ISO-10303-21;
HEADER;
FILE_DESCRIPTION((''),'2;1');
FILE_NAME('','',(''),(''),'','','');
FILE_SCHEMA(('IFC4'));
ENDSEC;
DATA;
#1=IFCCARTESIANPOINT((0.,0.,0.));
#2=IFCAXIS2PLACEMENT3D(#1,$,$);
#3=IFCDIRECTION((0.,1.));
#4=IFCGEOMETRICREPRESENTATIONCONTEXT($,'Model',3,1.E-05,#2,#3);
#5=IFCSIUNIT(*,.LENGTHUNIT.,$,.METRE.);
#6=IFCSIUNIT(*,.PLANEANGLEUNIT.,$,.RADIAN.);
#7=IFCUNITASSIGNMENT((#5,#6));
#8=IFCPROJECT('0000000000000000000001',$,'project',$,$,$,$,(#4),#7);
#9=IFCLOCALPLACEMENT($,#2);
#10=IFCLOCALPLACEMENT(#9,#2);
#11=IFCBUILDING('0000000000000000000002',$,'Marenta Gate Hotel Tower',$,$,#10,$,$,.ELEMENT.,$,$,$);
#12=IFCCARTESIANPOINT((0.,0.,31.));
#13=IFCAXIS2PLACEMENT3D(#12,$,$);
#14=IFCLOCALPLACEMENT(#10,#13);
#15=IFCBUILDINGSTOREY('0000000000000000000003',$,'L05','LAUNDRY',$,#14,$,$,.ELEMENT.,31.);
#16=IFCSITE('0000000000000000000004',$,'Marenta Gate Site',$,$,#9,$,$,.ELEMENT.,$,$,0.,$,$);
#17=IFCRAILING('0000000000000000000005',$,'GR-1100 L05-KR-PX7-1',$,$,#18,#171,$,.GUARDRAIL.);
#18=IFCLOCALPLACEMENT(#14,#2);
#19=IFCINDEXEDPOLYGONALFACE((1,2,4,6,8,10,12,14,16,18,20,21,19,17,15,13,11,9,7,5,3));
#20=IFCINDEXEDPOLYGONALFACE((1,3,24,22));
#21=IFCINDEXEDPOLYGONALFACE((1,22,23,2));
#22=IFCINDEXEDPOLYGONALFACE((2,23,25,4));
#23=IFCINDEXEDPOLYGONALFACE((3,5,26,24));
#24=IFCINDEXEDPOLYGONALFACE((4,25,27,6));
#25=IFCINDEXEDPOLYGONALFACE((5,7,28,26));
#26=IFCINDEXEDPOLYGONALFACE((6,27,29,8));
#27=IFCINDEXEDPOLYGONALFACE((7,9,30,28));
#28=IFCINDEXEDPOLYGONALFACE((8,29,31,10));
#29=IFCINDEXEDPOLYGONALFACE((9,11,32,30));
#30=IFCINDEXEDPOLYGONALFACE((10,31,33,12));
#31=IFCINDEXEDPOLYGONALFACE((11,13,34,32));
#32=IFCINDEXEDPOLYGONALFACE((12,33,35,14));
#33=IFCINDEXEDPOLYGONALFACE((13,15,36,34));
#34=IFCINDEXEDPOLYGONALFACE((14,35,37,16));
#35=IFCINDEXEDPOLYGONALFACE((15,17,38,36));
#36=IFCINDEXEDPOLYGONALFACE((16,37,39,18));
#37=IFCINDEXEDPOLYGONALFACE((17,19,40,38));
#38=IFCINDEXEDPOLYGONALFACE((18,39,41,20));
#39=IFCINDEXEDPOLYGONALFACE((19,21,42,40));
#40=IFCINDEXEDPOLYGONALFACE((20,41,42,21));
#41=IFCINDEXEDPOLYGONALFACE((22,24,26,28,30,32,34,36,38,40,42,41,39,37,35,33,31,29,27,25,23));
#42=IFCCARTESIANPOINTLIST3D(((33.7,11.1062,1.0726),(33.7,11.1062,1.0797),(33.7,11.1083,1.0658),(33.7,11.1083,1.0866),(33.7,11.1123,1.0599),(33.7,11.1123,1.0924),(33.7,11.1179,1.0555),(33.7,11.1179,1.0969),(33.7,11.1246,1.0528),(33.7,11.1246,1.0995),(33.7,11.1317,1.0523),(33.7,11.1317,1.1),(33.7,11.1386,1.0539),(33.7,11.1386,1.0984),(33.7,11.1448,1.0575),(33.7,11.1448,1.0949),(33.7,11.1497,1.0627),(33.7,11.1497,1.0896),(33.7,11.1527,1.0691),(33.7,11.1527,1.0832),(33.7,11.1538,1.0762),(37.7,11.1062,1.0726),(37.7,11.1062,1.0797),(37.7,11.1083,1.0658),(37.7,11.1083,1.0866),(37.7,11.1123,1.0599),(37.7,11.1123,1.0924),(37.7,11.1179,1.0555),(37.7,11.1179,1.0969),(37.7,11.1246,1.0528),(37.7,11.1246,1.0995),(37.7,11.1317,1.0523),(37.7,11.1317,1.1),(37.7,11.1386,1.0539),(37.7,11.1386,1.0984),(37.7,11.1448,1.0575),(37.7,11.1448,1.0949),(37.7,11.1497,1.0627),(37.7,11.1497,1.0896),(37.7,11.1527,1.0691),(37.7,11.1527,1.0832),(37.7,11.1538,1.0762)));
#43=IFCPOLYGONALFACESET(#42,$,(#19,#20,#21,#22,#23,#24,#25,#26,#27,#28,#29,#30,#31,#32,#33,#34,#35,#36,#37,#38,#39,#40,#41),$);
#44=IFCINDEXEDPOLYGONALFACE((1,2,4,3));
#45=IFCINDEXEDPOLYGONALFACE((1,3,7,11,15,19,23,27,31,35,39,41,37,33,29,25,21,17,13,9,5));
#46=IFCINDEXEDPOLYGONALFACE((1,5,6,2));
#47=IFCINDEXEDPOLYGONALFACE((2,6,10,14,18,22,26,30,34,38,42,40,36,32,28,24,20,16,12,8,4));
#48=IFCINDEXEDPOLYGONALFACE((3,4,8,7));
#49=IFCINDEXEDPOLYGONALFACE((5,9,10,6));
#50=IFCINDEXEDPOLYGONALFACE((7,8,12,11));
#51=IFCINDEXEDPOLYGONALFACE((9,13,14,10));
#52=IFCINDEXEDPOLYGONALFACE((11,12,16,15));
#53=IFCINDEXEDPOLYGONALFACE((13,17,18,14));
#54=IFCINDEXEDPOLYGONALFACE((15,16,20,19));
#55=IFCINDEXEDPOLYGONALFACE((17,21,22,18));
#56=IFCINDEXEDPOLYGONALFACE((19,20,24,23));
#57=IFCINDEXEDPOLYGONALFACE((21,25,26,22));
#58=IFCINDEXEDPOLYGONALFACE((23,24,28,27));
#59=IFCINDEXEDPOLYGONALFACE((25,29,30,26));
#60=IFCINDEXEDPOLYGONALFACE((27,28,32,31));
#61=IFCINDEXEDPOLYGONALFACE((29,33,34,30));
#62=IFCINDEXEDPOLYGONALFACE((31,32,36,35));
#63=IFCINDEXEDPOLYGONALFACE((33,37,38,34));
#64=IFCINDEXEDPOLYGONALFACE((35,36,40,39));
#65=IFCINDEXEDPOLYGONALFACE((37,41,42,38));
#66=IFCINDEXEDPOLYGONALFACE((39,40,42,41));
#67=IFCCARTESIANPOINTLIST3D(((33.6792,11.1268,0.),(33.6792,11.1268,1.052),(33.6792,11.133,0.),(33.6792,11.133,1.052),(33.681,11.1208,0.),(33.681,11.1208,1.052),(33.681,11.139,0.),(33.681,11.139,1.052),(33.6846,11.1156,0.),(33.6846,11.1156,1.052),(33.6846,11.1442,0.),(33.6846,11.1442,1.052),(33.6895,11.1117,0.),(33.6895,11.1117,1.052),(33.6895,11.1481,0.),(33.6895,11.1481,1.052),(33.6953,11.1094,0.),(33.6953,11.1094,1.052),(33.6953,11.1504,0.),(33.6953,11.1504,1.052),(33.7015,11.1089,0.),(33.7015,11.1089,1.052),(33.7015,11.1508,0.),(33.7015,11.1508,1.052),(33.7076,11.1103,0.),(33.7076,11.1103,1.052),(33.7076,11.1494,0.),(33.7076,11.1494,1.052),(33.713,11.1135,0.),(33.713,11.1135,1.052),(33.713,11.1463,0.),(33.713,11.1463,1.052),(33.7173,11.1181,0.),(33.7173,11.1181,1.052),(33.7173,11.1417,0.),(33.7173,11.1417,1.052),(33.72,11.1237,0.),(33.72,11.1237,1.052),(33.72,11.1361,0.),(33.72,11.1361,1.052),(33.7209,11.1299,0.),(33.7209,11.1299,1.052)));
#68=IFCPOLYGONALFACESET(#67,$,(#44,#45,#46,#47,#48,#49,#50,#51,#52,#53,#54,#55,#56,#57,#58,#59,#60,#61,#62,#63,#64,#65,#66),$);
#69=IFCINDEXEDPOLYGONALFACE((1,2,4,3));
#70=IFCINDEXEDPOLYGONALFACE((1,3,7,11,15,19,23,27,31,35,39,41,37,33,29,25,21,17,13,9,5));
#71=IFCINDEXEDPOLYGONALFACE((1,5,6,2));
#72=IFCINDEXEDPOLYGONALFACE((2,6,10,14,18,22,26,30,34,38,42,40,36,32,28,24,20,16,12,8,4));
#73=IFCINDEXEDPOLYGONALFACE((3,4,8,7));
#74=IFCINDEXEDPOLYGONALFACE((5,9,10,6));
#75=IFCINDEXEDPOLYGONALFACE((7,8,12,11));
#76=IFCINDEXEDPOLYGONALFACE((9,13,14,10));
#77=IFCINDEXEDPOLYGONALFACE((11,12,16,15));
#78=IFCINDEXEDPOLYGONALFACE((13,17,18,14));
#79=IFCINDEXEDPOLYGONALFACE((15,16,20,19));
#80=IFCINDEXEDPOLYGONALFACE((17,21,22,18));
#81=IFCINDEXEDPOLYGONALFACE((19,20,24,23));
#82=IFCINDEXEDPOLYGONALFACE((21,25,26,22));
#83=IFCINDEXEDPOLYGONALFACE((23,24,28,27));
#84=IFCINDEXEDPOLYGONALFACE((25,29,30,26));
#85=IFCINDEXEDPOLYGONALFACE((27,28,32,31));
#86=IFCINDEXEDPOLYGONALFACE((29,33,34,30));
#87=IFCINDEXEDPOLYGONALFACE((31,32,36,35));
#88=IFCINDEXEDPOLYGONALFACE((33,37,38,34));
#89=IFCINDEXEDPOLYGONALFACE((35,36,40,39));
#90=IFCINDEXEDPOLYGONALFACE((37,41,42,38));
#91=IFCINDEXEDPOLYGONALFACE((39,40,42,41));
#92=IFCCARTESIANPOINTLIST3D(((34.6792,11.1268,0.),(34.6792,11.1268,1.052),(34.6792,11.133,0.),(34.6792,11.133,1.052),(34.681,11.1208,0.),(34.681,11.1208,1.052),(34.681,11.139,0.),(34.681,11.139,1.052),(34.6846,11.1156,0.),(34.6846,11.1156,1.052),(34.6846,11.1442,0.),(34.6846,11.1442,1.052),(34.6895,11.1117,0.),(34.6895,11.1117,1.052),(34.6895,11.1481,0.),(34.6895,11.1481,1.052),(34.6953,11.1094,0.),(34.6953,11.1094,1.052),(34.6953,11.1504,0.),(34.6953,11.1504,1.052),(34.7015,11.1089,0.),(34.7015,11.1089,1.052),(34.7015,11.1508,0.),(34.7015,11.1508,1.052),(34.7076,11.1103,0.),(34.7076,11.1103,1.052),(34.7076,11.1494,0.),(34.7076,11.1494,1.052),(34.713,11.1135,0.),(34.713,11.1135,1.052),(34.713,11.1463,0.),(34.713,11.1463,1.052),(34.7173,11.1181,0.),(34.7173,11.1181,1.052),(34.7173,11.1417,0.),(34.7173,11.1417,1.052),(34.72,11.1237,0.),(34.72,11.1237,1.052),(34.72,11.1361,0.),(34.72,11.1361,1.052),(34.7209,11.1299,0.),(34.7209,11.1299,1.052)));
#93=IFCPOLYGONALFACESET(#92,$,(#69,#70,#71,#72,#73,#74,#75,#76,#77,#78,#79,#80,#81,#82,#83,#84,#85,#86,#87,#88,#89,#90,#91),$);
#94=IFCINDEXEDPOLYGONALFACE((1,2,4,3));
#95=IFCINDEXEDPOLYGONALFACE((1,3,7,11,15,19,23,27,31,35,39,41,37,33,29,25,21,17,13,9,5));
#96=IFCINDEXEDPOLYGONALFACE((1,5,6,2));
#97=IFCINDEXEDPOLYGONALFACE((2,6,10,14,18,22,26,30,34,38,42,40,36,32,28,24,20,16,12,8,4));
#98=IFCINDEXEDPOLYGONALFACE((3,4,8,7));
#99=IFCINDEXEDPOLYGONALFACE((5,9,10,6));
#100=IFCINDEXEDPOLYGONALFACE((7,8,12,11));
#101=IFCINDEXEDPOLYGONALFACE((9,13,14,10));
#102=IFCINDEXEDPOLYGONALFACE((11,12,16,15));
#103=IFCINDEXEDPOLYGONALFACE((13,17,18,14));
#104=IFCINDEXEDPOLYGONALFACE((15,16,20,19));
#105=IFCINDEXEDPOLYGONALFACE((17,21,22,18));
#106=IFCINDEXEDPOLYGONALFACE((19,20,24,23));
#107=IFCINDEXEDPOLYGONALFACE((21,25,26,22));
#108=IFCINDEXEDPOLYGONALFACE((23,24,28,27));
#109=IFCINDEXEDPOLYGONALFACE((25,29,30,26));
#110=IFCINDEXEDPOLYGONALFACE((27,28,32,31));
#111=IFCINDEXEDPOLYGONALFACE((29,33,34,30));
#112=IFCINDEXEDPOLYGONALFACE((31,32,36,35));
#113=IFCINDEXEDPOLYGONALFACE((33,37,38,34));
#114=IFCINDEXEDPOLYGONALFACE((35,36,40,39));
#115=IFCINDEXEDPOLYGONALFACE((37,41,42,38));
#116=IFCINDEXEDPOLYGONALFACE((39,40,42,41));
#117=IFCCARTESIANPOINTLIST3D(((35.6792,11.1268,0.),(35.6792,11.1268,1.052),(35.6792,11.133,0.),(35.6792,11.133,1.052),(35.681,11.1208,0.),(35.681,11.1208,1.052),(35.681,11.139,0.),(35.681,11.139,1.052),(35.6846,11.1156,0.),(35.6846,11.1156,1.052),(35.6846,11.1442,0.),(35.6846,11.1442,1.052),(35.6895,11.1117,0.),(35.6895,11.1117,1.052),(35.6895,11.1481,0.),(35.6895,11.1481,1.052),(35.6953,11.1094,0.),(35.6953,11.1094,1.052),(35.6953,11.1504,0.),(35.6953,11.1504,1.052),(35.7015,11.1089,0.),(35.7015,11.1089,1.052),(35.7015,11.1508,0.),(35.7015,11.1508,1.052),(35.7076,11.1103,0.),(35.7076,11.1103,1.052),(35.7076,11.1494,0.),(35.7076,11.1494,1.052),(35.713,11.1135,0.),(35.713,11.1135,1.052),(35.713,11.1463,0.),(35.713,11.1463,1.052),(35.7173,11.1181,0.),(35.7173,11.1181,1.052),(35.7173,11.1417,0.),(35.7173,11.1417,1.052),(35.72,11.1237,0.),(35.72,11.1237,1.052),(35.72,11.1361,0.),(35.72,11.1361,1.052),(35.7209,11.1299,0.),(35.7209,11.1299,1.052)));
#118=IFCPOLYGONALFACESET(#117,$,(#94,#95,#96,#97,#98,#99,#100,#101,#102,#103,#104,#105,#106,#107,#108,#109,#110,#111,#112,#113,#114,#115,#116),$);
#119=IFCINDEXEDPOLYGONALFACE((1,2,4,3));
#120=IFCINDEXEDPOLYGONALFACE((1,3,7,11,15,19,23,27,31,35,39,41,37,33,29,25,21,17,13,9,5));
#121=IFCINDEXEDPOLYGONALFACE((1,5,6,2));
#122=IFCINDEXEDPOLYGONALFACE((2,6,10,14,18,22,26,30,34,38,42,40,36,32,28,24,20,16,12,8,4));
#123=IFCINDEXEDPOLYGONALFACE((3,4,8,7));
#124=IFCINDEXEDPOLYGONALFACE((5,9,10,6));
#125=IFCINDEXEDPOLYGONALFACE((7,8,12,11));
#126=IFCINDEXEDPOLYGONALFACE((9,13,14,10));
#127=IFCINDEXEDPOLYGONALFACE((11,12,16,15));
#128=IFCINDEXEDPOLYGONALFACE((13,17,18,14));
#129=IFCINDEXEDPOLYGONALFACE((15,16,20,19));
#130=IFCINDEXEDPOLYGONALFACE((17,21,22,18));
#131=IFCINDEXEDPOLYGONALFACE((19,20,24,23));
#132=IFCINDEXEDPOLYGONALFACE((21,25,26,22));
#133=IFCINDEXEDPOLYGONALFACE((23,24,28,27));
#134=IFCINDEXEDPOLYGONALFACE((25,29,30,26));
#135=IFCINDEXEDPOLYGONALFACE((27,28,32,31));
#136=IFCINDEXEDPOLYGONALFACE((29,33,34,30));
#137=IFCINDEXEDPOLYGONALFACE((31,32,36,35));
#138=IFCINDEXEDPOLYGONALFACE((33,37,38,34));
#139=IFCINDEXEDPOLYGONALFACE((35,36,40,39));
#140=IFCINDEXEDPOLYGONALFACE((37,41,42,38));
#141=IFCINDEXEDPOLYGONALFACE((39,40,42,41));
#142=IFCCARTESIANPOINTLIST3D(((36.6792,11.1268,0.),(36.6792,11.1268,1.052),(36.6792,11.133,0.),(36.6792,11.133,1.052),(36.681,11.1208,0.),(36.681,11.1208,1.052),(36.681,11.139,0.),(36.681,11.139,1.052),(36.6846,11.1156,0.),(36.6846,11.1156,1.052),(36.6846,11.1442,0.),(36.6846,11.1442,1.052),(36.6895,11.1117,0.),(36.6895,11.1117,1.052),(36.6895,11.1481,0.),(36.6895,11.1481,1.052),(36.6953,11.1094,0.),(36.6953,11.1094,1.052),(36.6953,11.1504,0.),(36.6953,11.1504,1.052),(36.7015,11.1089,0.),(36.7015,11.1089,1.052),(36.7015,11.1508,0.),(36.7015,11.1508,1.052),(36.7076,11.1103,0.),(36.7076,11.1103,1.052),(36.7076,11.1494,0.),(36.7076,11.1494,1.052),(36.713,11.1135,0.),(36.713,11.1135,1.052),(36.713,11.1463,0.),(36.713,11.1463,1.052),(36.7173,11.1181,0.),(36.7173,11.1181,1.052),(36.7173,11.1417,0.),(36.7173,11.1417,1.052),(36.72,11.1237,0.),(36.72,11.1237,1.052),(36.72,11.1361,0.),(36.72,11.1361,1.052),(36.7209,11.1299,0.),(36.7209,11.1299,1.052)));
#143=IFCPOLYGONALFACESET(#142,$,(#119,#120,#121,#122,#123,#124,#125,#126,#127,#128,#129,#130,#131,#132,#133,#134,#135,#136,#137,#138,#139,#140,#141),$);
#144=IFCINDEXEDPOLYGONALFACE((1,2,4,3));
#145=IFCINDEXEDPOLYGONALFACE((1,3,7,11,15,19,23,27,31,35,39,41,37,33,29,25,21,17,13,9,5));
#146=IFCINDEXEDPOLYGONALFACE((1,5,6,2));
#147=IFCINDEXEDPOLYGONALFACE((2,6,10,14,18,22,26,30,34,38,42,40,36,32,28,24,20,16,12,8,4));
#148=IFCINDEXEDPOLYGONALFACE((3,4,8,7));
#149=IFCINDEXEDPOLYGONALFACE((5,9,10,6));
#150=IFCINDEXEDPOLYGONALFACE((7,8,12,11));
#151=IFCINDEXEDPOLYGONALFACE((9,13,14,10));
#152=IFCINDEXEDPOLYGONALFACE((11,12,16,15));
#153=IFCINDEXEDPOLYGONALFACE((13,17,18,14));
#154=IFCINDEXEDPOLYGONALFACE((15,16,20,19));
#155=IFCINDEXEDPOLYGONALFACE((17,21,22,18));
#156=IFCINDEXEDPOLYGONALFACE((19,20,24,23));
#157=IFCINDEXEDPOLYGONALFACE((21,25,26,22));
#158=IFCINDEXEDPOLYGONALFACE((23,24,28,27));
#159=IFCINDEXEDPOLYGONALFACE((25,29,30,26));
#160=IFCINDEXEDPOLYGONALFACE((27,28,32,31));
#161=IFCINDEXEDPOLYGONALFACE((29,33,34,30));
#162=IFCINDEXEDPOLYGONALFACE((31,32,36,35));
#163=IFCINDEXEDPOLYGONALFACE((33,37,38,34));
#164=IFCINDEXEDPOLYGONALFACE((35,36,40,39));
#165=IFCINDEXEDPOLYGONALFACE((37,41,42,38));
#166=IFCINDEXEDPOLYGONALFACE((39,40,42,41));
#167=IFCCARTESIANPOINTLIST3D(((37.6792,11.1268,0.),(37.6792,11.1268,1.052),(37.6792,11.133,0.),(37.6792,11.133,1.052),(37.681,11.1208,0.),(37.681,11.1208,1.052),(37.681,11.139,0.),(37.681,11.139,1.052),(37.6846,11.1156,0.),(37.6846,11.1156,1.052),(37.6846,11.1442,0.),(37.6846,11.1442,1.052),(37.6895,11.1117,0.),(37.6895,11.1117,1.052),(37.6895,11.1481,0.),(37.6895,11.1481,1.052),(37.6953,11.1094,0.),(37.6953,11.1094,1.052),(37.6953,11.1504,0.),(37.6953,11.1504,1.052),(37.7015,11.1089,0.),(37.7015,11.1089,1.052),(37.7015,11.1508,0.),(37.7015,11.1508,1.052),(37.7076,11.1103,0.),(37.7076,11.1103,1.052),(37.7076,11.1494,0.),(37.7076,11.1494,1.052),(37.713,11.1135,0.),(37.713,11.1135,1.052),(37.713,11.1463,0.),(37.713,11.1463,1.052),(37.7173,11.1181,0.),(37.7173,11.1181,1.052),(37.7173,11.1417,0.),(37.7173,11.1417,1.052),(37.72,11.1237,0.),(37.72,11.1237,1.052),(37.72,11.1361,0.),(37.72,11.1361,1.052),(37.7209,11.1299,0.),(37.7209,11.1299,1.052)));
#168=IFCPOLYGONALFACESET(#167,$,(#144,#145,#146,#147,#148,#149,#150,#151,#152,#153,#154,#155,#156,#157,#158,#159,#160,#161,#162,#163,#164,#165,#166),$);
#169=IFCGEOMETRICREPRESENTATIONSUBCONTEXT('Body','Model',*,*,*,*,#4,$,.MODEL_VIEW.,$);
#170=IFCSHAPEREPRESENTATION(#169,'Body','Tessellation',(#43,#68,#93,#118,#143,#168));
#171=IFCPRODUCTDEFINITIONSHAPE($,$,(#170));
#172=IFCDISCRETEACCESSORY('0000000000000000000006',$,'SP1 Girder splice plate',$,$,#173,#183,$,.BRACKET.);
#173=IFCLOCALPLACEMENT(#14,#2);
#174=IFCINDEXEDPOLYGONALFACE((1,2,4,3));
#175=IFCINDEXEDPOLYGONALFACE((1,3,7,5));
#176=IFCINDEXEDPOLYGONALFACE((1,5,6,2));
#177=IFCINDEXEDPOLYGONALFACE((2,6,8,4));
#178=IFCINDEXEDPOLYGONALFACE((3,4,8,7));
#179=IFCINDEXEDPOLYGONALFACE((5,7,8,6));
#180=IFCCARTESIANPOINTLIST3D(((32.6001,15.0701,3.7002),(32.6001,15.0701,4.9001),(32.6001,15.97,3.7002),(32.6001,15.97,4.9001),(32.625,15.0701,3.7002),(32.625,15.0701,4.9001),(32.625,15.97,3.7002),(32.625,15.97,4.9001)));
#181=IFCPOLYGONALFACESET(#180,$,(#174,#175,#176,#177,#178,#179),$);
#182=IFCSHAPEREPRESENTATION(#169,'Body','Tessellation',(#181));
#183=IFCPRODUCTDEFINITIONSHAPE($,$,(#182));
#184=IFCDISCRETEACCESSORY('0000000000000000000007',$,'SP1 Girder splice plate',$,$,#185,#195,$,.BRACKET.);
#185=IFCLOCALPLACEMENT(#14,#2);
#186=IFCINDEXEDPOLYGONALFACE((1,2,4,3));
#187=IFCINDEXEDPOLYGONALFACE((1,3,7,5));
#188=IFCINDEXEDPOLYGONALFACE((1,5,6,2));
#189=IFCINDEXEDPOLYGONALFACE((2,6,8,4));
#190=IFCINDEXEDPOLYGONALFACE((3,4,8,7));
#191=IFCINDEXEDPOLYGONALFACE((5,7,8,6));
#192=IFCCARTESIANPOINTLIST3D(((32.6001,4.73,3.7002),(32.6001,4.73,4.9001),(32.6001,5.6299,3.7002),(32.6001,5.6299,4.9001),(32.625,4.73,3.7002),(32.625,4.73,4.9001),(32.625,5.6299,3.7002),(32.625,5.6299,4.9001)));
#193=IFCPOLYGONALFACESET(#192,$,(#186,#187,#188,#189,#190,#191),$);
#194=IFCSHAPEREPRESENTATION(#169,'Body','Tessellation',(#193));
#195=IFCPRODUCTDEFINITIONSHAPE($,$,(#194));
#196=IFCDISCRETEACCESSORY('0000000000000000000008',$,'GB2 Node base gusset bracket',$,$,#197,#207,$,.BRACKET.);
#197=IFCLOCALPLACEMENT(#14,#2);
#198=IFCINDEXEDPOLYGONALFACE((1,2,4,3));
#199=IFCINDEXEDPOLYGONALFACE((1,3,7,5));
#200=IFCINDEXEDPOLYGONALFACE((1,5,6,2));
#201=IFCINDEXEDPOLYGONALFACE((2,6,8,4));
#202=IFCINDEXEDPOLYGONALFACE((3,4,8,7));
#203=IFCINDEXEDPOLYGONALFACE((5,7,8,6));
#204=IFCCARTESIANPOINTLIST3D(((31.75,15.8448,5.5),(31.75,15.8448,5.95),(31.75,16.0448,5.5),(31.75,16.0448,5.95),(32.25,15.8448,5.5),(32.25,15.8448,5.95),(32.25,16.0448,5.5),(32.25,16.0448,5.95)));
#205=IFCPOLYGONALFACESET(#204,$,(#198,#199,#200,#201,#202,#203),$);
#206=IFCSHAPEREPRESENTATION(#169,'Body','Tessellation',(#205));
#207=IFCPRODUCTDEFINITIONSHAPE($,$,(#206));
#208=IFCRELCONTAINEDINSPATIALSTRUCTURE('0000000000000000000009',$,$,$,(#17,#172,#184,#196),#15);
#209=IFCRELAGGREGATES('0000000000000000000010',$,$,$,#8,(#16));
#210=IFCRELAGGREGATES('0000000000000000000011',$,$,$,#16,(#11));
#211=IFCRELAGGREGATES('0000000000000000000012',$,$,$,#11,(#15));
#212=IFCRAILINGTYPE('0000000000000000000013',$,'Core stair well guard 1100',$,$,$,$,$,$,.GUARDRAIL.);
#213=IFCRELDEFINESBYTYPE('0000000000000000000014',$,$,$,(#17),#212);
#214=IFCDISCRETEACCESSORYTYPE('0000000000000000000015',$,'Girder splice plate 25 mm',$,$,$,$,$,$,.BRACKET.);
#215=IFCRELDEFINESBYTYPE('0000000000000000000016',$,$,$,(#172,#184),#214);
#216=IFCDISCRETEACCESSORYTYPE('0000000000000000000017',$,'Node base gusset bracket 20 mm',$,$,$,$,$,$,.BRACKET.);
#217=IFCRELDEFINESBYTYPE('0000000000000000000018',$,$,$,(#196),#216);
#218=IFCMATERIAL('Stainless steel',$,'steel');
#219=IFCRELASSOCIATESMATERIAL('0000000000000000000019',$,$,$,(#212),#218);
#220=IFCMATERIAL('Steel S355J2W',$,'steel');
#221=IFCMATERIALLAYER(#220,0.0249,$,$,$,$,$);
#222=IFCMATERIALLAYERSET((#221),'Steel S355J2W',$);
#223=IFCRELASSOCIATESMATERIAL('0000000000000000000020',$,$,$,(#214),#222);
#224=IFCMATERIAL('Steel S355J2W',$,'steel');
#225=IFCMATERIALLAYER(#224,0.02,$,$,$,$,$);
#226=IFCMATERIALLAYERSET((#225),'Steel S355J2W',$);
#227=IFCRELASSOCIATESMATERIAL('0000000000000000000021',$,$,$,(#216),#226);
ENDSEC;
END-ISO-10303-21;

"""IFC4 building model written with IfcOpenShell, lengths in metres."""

from ifc_helpers import new_model, si_unit, direction, frame, origin, origin_2d, place, context, subcontext, project, spatial, rectangle, circle, extrude, material, layer, layer_set, type_object, element, save


model = new_model("IFC4")

# Units and contexts
model_context = context("Model", 3, precision=1e-05, world=origin(), true_north=direction((0.0, 1.0)))
body_context = subcontext(model_context, "Body", "Model", "MODEL_VIEW")
ifc_project = project(units=[si_unit("LENGTHUNIT", "METRE"), si_unit("PLANEANGLEUNIT", "RADIAN")], contexts=[model_context])

# Site, building, storey
site_placement = place(None, origin())
site = spatial("IfcSite", under=ifc_project, at=site_placement, Name="Marenta Gate Site", CompositionType="ELEMENT", RefElevation=0.0)
building_placement = place(site_placement, origin())
building = spatial("IfcBuilding", under=site, at=building_placement, Name="Marenta Gate Hotel Tower", CompositionType="ELEMENT")
storey_placement = place(building_placement, frame((0.0, 0.0, 31.0)))
storey = spatial("IfcBuildingStorey", under=building, at=storey_placement, Name="L05", Description="LAUNDRY", CompositionType="ELEMENT", Elevation=31.0)

# Railing
ifc_material_1 = material(Name="Stainless steel", Category="steel")
railing_type = type_object("IfcRailingType", Name="Core stair well guard 1100", PredefinedType="GUARDRAIL", material=ifc_material_1)
railing_placement = place(storey_placement, frame((33.7, 11.1299, 0.0)))
element("IfcRailing", 1, at=railing_placement, inside=storey, type_object=railing_type, Name="GR-1100 L05-KR-PX7-1", PredefinedType="GUARDRAIL", context=body_context, shape_type="SweptSolid", body=[
    extrude(circle(Radius=0.0239, at=origin_2d()), frame((0.0, 0.0, 1.0762), z_axis=(1.0, 0.0, 0.0), x_axis=(0.0, 1.0, 0.0)), (0.0, 0.0, 1.0), 4.0),
    extrude(circle(Radius=0.021, at=origin_2d()), origin(), (0.0, 0.0, 1.0), 1.052),
    extrude(circle(Radius=0.021, at=origin_2d()), frame((1.0, 0.0, 0.0)), (0.0, 0.0, 1.0), 1.052),
    extrude(circle(Radius=0.021, at=origin_2d()), frame((2.0, 0.0, 0.0)), (0.0, 0.0, 1.0), 1.052),
    extrude(circle(Radius=0.021, at=origin_2d()), frame((3.0, 0.0, 0.0)), (0.0, 0.0, 1.0), 1.052),
    extrude(circle(Radius=0.021, at=origin_2d()), frame((4.0, 0.0, 0.0)), (0.0, 0.0, 1.0), 1.052),
])

# Discrete accessories
ifc_material_2 = material(Name="Steel S355J2W", Category="steel")
ifc_layer_1 = layer(ifc_material_2, 0.0249)
ifc_layer_set_1 = layer_set([ifc_layer_1], Name="Steel S355J2W")
discrete_accessory_type_1 = type_object("IfcDiscreteAccessoryType", Name="Girder splice plate 25 mm", PredefinedType="BRACKET", material=ifc_layer_set_1)
for number, where, z_axis, x_axis, name in (
    (2, (32.6125, 15.52, 3.7002), (0.0, 0.0, 1.0), (0.0, -1.0, 0.0), "SP1 Girder splice plate"),
    (3, (32.6125, 5.1799, 3.7002), (0.0, 0.0, 1.0), (0.0, -1.0, 0.0), "SP1 Girder splice plate"),
):
    element("IfcDiscreteAccessory", number, at=place(storey_placement, frame(where, z_axis=z_axis, x_axis=x_axis)), inside=storey, type_object=discrete_accessory_type_1, Name=name, PredefinedType="BRACKET", context=body_context, shape_type="SweptSolid", body=[
        extrude(rectangle(XDim=0.8999, YDim=0.0249, at=origin_2d()), origin(), (0.0, 0.0, 1.0), 1.2),
    ])
ifc_material_3 = material(Name="Steel S355J2W", Category="steel")
ifc_layer_2 = layer(ifc_material_3, 0.02)
ifc_layer_set_2 = layer_set([ifc_layer_2], Name="Steel S355J2W")
discrete_accessory_type_2 = type_object("IfcDiscreteAccessoryType", Name="Node base gusset bracket 20 mm", PredefinedType="BRACKET", material=ifc_layer_set_2)
for number, where, z_axis, x_axis, name in (
    (4, (32.0, 15.9448, 5.5), (0.0, 0.0, 1.0), (0.0, -1.0, 0.0), "GB2 Node base gusset bracket"),
):
    element("IfcDiscreteAccessory", number, at=place(storey_placement, frame(where, z_axis=z_axis, x_axis=x_axis)), inside=storey, type_object=discrete_accessory_type_2, Name=name, PredefinedType="BRACKET", context=body_context, shape_type="SweptSolid", body=[
        extrude(rectangle(XDim=0.2, YDim=0.5, at=origin_2d()), origin(), (0.0, 0.0, 1.0), 0.45),
    ])

save(model, "model.ifc")
